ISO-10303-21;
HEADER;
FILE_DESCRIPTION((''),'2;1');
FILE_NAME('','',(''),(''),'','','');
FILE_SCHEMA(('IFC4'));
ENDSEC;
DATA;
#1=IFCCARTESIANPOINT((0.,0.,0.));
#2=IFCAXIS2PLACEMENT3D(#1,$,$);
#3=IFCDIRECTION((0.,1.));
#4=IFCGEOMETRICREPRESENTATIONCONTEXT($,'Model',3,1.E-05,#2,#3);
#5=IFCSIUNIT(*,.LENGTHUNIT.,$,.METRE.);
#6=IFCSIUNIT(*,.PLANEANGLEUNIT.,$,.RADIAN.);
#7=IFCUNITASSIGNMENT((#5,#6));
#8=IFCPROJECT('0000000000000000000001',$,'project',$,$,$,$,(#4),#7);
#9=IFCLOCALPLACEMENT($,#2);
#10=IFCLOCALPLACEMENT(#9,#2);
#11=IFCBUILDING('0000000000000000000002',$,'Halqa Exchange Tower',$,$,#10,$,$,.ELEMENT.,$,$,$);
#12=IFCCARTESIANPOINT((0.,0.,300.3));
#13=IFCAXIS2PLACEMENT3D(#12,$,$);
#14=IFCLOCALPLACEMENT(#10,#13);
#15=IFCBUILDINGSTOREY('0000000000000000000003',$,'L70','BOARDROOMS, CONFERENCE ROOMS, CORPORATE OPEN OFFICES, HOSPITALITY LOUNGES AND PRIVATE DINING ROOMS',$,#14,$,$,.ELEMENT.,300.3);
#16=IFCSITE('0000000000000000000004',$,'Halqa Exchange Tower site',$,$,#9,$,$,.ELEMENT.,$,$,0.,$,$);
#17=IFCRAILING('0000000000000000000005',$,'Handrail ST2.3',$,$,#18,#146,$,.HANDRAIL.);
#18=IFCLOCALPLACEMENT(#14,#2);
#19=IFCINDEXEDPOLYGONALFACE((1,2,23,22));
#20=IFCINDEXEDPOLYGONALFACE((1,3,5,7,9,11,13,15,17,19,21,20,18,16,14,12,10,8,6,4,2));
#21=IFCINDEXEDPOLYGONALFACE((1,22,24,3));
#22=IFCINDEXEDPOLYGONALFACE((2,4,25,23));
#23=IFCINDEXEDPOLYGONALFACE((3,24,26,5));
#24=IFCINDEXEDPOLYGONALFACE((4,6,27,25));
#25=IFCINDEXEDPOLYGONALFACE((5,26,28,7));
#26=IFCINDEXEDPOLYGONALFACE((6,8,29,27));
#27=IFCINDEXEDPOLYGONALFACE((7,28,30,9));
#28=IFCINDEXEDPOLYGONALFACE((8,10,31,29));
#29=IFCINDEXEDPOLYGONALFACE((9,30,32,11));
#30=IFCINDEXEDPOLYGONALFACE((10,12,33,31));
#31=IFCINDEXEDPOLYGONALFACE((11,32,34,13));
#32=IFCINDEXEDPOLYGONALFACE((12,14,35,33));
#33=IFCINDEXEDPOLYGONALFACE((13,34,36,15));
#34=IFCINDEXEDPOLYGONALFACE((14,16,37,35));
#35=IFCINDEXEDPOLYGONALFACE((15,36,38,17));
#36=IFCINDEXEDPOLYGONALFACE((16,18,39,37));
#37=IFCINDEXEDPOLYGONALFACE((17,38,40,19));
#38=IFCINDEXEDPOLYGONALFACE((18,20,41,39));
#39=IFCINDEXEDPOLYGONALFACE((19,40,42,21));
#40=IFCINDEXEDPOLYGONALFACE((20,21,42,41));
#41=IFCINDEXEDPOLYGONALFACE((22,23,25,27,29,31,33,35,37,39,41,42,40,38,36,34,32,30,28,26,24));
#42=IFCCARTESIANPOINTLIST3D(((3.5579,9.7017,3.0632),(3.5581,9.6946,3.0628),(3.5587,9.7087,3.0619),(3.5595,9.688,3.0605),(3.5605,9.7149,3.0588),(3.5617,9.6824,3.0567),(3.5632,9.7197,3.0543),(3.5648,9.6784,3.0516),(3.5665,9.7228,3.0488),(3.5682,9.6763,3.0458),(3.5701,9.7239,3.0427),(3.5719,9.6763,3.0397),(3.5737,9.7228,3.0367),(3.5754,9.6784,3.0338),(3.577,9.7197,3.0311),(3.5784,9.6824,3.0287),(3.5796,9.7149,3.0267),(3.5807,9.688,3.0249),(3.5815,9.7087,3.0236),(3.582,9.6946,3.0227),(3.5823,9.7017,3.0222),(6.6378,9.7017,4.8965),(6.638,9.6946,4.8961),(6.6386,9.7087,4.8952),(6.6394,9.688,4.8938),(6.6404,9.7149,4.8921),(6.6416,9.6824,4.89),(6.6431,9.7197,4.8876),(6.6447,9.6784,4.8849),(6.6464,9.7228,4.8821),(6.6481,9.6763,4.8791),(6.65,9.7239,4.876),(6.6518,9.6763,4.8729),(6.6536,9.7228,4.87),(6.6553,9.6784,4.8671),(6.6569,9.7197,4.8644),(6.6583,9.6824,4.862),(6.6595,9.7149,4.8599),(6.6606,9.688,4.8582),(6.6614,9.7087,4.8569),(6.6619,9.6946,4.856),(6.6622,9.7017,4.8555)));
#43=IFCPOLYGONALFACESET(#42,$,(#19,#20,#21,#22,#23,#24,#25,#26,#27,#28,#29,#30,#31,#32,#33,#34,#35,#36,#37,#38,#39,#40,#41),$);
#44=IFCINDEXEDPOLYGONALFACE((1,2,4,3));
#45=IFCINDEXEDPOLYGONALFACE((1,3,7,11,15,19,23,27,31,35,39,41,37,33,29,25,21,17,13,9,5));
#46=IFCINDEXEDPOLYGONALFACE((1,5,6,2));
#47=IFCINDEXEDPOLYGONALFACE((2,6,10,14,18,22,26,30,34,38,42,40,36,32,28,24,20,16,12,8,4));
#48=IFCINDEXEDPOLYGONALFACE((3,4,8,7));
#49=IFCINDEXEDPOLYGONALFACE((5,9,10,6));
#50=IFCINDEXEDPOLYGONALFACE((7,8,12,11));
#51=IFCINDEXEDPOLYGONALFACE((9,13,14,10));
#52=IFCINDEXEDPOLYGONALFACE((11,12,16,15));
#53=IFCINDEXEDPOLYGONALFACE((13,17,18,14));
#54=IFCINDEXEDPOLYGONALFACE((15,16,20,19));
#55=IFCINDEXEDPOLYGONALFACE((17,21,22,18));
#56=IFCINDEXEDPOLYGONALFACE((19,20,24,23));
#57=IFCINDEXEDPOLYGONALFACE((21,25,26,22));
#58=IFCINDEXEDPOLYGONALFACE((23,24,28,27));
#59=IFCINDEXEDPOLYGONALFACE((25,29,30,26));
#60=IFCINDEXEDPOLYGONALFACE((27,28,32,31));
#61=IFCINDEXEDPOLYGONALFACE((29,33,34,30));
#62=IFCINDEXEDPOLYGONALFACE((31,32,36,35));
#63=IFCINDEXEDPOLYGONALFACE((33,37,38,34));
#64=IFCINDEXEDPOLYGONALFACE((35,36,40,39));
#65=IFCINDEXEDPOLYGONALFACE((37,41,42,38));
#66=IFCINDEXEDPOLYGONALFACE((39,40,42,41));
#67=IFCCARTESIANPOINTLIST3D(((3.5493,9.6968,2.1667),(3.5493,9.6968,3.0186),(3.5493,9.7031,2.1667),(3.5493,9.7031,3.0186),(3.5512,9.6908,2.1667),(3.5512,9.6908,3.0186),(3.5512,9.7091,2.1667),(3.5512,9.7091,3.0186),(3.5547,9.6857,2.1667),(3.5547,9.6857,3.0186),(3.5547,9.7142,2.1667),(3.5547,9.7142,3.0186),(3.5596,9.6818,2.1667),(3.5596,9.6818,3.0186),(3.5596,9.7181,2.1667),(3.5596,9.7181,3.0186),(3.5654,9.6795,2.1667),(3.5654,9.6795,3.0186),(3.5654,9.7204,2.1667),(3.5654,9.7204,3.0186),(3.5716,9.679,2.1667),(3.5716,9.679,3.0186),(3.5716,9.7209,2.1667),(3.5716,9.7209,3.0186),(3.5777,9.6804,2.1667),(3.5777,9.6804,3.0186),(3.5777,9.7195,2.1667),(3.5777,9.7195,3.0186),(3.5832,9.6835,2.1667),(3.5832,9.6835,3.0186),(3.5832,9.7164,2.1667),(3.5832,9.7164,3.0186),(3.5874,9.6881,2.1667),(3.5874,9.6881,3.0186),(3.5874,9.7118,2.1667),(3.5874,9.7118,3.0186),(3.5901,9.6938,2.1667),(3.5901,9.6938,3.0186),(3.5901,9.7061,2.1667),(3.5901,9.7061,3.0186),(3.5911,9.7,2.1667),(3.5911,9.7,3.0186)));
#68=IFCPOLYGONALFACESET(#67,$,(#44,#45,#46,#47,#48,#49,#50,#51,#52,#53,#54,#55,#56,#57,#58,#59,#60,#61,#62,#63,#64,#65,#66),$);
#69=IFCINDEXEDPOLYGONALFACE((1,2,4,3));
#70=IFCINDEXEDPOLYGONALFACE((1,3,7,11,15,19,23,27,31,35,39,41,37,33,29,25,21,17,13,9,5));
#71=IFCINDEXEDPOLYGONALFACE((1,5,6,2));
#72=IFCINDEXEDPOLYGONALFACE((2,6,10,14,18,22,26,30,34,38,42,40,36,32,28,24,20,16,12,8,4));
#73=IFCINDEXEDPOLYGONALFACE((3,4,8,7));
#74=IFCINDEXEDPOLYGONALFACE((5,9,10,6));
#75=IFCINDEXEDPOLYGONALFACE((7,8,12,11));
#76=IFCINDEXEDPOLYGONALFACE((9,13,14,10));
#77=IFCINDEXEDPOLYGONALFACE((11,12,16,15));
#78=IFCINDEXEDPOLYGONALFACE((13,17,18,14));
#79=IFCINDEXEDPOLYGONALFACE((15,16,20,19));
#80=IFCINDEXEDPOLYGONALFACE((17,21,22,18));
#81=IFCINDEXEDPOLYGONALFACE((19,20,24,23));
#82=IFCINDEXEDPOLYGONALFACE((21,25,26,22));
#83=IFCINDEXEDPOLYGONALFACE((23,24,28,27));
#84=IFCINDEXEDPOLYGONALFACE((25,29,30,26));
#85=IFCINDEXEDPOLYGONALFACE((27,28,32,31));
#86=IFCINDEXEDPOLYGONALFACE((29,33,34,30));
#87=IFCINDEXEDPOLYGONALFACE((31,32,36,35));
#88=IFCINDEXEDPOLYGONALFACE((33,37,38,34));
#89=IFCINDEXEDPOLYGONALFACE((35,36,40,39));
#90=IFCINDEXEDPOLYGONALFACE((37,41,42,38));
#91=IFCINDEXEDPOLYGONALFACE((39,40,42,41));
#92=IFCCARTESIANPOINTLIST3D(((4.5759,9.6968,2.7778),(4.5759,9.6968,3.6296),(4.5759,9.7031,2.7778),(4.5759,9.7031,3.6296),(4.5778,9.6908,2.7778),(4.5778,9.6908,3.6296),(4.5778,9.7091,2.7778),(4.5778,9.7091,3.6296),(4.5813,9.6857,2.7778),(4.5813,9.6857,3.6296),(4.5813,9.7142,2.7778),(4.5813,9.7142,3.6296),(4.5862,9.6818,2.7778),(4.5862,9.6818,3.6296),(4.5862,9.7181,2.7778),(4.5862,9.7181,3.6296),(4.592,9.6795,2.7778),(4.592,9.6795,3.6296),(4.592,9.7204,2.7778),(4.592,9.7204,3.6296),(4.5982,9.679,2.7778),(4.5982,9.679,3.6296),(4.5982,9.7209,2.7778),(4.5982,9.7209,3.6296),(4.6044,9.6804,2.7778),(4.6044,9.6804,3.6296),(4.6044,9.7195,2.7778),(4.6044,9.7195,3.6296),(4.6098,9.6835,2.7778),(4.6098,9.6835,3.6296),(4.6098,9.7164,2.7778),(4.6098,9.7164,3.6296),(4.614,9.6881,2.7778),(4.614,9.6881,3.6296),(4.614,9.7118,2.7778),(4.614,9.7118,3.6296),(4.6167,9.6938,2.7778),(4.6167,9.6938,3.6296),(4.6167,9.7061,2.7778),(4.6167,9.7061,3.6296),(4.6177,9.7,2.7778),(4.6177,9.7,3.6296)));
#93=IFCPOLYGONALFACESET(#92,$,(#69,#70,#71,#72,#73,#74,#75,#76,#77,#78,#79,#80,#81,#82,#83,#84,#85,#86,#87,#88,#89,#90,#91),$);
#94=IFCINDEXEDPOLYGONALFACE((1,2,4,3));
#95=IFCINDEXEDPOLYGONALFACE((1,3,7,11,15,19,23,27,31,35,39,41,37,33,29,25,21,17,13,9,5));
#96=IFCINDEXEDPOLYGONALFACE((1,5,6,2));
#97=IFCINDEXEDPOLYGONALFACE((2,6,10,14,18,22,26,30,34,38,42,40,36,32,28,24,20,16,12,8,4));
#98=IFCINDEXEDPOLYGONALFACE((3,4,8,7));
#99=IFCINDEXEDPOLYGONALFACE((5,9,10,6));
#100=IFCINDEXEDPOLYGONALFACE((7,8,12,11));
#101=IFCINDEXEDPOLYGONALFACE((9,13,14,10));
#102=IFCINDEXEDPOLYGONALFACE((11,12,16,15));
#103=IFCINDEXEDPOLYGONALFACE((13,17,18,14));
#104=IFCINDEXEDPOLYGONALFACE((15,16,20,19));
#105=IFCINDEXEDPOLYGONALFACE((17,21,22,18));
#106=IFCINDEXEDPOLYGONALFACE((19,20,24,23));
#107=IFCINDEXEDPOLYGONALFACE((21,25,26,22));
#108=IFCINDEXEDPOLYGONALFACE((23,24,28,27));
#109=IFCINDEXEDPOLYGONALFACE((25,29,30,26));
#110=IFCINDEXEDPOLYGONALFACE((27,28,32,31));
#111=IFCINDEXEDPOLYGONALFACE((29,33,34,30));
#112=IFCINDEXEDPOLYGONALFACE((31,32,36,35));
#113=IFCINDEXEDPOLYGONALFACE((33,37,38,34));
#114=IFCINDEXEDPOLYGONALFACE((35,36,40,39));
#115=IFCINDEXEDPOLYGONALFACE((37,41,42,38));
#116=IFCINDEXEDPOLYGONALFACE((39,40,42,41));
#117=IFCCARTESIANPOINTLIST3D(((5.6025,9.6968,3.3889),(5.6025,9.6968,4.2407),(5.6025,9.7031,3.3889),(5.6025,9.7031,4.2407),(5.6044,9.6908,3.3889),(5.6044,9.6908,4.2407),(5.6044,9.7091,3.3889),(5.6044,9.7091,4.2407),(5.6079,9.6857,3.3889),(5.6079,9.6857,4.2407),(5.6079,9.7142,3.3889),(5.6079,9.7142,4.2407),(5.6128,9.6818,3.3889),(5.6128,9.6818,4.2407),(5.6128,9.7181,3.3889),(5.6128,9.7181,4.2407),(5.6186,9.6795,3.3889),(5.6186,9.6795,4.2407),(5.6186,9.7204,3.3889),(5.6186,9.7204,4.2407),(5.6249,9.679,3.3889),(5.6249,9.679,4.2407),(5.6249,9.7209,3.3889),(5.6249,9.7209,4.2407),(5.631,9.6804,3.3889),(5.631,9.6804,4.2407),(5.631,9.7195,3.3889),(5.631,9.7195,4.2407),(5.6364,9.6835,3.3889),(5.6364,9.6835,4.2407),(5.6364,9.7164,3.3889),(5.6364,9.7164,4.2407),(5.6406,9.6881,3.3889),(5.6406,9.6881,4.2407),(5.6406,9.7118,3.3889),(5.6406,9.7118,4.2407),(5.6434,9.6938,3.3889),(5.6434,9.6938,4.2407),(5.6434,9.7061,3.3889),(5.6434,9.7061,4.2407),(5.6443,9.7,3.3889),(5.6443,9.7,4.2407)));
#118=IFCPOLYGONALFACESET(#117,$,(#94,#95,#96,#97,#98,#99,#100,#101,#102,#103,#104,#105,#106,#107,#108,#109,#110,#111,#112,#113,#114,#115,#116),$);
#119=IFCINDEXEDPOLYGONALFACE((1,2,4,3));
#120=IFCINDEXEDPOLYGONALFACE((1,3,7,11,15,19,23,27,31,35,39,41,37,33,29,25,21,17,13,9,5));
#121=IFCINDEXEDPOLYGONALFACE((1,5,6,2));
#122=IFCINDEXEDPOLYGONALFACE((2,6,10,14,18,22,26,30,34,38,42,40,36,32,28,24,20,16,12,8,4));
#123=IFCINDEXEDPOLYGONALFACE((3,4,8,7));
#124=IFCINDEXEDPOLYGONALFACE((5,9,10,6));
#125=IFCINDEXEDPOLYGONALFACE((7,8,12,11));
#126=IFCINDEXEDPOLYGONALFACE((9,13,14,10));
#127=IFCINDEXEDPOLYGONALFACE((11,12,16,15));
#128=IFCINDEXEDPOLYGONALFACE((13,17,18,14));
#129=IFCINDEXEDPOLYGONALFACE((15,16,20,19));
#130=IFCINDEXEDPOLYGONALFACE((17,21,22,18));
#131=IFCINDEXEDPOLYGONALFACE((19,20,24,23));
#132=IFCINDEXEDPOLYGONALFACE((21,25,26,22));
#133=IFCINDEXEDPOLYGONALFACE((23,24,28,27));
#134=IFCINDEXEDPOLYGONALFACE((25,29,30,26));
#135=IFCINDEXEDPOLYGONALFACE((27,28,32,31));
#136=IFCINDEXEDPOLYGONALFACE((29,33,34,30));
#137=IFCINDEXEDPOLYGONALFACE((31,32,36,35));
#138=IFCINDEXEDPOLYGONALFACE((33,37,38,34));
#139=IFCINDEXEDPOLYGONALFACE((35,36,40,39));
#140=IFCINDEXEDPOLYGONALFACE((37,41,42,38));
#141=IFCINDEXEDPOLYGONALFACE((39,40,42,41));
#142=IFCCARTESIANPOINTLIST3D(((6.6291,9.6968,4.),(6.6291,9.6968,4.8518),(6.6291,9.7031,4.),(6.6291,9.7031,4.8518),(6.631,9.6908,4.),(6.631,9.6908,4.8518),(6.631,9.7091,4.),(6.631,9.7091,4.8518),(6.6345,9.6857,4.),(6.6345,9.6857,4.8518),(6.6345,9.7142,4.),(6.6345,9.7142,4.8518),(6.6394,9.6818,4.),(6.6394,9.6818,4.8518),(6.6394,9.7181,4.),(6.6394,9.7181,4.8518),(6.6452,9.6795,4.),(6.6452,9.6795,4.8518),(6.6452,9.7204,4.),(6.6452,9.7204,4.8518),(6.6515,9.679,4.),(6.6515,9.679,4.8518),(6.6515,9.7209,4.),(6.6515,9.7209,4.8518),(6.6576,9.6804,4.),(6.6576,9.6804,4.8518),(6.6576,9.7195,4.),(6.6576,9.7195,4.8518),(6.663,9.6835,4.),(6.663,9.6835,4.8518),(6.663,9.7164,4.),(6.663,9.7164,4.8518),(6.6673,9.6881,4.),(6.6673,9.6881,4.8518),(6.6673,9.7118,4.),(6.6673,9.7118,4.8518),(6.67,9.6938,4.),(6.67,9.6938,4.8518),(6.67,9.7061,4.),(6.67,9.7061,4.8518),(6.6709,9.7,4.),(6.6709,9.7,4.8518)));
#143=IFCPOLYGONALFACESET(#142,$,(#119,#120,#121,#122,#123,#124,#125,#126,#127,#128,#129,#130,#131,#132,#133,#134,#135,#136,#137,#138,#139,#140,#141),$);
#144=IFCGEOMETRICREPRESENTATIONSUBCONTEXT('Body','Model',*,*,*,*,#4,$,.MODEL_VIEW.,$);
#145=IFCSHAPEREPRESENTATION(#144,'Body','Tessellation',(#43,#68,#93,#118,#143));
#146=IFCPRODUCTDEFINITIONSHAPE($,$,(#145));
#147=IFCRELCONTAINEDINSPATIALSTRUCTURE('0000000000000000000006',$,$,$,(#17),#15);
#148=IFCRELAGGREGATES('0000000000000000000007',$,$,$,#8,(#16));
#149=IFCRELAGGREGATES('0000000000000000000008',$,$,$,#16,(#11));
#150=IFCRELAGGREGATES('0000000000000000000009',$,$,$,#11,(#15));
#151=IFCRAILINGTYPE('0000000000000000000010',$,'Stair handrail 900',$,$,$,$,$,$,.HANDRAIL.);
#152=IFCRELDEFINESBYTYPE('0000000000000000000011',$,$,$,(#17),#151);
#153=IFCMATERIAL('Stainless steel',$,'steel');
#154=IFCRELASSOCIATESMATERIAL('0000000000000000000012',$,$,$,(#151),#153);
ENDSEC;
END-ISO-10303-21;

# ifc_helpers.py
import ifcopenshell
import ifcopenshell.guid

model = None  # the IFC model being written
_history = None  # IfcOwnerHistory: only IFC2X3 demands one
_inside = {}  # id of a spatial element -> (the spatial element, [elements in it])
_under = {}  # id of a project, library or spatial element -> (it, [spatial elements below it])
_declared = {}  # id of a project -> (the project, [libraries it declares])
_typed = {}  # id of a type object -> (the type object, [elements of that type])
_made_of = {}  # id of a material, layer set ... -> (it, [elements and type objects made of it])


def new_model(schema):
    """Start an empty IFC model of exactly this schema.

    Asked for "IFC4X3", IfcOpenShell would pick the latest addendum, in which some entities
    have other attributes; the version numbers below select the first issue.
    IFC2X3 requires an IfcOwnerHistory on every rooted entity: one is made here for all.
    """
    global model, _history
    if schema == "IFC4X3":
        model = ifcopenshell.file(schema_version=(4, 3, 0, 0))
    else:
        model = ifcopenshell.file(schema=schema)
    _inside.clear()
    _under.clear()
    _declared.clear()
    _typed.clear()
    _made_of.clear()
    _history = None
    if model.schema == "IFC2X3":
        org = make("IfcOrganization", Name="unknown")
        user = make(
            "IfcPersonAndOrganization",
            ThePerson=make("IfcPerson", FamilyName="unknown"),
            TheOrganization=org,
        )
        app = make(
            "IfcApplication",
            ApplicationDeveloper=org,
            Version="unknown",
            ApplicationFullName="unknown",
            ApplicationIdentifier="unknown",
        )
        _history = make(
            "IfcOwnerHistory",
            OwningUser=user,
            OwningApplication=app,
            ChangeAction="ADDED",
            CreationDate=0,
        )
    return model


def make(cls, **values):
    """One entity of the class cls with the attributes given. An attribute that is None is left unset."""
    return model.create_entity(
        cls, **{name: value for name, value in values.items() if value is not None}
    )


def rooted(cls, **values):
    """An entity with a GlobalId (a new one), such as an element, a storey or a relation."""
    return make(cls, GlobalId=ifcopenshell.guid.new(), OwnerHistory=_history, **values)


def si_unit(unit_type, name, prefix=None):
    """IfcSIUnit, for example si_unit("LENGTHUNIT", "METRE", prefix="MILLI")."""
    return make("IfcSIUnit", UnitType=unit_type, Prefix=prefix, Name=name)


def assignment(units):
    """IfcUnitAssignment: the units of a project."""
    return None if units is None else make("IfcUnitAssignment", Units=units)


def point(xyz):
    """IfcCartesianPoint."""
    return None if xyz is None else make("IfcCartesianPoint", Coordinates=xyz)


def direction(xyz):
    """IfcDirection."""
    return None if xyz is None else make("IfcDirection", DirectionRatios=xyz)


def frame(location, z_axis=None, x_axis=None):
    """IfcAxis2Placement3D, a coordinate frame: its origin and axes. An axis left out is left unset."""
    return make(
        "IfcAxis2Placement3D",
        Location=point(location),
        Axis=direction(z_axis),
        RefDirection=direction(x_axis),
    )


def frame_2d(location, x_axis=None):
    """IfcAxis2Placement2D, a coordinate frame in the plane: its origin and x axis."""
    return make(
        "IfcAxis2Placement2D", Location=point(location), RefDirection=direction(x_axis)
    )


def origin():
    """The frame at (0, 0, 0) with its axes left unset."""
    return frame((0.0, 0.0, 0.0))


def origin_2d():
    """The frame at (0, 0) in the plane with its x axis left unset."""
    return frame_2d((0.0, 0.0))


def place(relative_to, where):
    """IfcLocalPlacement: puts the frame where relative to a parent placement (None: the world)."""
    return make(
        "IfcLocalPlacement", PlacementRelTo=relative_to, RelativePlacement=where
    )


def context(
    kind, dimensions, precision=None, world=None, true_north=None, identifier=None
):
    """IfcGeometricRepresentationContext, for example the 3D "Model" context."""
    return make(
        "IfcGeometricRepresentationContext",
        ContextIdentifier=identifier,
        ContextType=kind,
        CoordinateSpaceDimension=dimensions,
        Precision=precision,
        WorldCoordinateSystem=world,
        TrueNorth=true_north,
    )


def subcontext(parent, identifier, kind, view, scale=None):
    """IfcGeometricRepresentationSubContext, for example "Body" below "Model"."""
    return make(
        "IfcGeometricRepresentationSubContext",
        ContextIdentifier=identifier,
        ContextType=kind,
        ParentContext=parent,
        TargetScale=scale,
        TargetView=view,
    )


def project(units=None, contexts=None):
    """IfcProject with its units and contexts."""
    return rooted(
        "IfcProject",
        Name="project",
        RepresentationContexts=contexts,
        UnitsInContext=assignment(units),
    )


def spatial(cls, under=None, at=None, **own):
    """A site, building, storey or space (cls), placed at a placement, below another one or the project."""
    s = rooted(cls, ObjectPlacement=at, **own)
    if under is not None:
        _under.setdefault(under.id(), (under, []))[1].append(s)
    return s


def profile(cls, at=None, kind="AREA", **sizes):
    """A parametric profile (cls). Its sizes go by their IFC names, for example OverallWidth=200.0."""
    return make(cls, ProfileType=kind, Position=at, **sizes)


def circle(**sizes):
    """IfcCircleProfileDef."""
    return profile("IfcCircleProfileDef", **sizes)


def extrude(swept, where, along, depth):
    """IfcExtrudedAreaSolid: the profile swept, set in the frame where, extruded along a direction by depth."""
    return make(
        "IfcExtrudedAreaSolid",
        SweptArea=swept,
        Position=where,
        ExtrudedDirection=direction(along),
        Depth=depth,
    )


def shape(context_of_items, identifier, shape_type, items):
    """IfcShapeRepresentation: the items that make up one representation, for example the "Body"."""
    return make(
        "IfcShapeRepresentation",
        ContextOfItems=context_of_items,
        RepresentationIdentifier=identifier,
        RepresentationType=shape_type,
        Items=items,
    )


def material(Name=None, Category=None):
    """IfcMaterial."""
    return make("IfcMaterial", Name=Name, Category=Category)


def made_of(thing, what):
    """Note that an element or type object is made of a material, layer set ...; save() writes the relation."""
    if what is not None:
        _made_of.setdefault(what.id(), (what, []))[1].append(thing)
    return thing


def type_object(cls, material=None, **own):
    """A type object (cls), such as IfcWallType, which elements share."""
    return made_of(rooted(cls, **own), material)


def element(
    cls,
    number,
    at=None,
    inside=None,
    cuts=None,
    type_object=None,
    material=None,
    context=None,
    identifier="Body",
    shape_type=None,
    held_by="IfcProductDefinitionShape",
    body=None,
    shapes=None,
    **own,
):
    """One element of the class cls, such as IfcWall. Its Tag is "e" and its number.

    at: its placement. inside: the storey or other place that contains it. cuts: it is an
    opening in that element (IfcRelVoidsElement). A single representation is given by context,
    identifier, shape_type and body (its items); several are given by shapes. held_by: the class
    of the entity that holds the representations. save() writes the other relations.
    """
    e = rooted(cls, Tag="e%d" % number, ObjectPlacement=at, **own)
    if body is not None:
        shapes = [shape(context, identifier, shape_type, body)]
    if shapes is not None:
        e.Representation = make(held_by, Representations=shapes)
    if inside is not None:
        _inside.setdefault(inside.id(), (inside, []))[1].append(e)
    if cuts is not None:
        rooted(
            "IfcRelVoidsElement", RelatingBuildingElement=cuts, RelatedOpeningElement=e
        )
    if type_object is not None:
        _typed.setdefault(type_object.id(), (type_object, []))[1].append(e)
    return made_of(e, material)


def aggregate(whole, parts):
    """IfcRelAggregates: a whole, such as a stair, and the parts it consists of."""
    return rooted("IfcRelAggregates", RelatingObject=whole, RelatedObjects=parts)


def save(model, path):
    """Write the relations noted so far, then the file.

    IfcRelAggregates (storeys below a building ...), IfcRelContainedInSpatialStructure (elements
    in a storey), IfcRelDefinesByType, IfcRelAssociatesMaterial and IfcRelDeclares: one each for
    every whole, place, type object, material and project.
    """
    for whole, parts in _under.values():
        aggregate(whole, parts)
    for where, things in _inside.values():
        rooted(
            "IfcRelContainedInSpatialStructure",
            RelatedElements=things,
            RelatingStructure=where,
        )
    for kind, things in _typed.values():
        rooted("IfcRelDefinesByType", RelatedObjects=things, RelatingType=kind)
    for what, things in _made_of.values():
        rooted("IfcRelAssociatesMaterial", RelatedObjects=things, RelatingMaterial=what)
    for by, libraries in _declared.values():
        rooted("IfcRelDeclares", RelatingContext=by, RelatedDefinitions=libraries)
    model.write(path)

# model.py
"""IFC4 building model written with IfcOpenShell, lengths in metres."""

from ifc_helpers import new_model, si_unit, direction, frame, origin, origin_2d, place, context, subcontext, project, spatial, circle, extrude, material, type_object, element, save


model = new_model("IFC4")

# Units and contexts
model_context = context("Model", 3, precision=1e-05, world=origin(), true_north=direction((0.0, 1.0)))
body_context = subcontext(model_context, "Body", "Model", "MODEL_VIEW")
ifc_project = project(units=[si_unit("LENGTHUNIT", "METRE"), si_unit("PLANEANGLEUNIT", "RADIAN")], contexts=[model_context])

# Site, building, storey
site_placement = place(None, origin())
site = spatial("IfcSite", under=ifc_project, at=site_placement, Name="Halqa Exchange Tower site", CompositionType="ELEMENT", RefElevation=0.0)
building_placement = place(site_placement, origin())
building = spatial("IfcBuilding", under=site, at=building_placement, Name="Halqa Exchange Tower", CompositionType="ELEMENT")
storey_placement = place(building_placement, frame((0.0, 0.0, 300.3)))
storey = spatial("IfcBuildingStorey", under=building, at=storey_placement, Name="L70", Description="BOARDROOMS, CONFERENCE ROOMS, CORPORATE OPEN OFFICES, HOSPITALITY LOUNGES AND PRIVATE DINING ROOMS", CompositionType="ELEMENT", Elevation=300.3)

# Railing
ifc_material_1 = material(Name="Stainless steel", Category="steel")
railing_type_1 = type_object("IfcRailingType", Name="Stair handrail 900", PredefinedType="HANDRAIL", material=ifc_material_1)
railing_1_placement = place(storey_placement, frame((3.5701, 9.7, 2.1667)))
element("IfcRailing", 1, at=railing_1_placement, inside=storey, type_object=railing_type_1, Name="Handrail ST2.3", PredefinedType="HANDRAIL", context=body_context, shape_type="SweptSolid", body=[
    extrude(circle(Radius=0.0239, at=origin_2d()), frame((0.0, 0.0, 0.876), z_axis=(0.859291, 0.0, 0.511487), x_axis=(0.0, 1.0, 0.0)), (0.0, 0.0, 1.0), 3.5842),
    extrude(circle(Radius=0.021, at=origin_2d()), origin(), (0.0, 0.0, 1.0), 0.8518),
    extrude(circle(Radius=0.021, at=origin_2d()), frame((1.0266, 0.0, 0.6111)), (0.0, 0.0, 1.0), 0.8518),
    extrude(circle(Radius=0.021, at=origin_2d()), frame((2.0532, 0.0, 1.2222)), (0.0, 0.0, 1.0), 0.8518),
    extrude(circle(Radius=0.021, at=origin_2d()), frame((3.0798, 0.0, 1.8333)), (0.0, 0.0, 1.0), 0.8518),
])

save(model, "model.ifc")
